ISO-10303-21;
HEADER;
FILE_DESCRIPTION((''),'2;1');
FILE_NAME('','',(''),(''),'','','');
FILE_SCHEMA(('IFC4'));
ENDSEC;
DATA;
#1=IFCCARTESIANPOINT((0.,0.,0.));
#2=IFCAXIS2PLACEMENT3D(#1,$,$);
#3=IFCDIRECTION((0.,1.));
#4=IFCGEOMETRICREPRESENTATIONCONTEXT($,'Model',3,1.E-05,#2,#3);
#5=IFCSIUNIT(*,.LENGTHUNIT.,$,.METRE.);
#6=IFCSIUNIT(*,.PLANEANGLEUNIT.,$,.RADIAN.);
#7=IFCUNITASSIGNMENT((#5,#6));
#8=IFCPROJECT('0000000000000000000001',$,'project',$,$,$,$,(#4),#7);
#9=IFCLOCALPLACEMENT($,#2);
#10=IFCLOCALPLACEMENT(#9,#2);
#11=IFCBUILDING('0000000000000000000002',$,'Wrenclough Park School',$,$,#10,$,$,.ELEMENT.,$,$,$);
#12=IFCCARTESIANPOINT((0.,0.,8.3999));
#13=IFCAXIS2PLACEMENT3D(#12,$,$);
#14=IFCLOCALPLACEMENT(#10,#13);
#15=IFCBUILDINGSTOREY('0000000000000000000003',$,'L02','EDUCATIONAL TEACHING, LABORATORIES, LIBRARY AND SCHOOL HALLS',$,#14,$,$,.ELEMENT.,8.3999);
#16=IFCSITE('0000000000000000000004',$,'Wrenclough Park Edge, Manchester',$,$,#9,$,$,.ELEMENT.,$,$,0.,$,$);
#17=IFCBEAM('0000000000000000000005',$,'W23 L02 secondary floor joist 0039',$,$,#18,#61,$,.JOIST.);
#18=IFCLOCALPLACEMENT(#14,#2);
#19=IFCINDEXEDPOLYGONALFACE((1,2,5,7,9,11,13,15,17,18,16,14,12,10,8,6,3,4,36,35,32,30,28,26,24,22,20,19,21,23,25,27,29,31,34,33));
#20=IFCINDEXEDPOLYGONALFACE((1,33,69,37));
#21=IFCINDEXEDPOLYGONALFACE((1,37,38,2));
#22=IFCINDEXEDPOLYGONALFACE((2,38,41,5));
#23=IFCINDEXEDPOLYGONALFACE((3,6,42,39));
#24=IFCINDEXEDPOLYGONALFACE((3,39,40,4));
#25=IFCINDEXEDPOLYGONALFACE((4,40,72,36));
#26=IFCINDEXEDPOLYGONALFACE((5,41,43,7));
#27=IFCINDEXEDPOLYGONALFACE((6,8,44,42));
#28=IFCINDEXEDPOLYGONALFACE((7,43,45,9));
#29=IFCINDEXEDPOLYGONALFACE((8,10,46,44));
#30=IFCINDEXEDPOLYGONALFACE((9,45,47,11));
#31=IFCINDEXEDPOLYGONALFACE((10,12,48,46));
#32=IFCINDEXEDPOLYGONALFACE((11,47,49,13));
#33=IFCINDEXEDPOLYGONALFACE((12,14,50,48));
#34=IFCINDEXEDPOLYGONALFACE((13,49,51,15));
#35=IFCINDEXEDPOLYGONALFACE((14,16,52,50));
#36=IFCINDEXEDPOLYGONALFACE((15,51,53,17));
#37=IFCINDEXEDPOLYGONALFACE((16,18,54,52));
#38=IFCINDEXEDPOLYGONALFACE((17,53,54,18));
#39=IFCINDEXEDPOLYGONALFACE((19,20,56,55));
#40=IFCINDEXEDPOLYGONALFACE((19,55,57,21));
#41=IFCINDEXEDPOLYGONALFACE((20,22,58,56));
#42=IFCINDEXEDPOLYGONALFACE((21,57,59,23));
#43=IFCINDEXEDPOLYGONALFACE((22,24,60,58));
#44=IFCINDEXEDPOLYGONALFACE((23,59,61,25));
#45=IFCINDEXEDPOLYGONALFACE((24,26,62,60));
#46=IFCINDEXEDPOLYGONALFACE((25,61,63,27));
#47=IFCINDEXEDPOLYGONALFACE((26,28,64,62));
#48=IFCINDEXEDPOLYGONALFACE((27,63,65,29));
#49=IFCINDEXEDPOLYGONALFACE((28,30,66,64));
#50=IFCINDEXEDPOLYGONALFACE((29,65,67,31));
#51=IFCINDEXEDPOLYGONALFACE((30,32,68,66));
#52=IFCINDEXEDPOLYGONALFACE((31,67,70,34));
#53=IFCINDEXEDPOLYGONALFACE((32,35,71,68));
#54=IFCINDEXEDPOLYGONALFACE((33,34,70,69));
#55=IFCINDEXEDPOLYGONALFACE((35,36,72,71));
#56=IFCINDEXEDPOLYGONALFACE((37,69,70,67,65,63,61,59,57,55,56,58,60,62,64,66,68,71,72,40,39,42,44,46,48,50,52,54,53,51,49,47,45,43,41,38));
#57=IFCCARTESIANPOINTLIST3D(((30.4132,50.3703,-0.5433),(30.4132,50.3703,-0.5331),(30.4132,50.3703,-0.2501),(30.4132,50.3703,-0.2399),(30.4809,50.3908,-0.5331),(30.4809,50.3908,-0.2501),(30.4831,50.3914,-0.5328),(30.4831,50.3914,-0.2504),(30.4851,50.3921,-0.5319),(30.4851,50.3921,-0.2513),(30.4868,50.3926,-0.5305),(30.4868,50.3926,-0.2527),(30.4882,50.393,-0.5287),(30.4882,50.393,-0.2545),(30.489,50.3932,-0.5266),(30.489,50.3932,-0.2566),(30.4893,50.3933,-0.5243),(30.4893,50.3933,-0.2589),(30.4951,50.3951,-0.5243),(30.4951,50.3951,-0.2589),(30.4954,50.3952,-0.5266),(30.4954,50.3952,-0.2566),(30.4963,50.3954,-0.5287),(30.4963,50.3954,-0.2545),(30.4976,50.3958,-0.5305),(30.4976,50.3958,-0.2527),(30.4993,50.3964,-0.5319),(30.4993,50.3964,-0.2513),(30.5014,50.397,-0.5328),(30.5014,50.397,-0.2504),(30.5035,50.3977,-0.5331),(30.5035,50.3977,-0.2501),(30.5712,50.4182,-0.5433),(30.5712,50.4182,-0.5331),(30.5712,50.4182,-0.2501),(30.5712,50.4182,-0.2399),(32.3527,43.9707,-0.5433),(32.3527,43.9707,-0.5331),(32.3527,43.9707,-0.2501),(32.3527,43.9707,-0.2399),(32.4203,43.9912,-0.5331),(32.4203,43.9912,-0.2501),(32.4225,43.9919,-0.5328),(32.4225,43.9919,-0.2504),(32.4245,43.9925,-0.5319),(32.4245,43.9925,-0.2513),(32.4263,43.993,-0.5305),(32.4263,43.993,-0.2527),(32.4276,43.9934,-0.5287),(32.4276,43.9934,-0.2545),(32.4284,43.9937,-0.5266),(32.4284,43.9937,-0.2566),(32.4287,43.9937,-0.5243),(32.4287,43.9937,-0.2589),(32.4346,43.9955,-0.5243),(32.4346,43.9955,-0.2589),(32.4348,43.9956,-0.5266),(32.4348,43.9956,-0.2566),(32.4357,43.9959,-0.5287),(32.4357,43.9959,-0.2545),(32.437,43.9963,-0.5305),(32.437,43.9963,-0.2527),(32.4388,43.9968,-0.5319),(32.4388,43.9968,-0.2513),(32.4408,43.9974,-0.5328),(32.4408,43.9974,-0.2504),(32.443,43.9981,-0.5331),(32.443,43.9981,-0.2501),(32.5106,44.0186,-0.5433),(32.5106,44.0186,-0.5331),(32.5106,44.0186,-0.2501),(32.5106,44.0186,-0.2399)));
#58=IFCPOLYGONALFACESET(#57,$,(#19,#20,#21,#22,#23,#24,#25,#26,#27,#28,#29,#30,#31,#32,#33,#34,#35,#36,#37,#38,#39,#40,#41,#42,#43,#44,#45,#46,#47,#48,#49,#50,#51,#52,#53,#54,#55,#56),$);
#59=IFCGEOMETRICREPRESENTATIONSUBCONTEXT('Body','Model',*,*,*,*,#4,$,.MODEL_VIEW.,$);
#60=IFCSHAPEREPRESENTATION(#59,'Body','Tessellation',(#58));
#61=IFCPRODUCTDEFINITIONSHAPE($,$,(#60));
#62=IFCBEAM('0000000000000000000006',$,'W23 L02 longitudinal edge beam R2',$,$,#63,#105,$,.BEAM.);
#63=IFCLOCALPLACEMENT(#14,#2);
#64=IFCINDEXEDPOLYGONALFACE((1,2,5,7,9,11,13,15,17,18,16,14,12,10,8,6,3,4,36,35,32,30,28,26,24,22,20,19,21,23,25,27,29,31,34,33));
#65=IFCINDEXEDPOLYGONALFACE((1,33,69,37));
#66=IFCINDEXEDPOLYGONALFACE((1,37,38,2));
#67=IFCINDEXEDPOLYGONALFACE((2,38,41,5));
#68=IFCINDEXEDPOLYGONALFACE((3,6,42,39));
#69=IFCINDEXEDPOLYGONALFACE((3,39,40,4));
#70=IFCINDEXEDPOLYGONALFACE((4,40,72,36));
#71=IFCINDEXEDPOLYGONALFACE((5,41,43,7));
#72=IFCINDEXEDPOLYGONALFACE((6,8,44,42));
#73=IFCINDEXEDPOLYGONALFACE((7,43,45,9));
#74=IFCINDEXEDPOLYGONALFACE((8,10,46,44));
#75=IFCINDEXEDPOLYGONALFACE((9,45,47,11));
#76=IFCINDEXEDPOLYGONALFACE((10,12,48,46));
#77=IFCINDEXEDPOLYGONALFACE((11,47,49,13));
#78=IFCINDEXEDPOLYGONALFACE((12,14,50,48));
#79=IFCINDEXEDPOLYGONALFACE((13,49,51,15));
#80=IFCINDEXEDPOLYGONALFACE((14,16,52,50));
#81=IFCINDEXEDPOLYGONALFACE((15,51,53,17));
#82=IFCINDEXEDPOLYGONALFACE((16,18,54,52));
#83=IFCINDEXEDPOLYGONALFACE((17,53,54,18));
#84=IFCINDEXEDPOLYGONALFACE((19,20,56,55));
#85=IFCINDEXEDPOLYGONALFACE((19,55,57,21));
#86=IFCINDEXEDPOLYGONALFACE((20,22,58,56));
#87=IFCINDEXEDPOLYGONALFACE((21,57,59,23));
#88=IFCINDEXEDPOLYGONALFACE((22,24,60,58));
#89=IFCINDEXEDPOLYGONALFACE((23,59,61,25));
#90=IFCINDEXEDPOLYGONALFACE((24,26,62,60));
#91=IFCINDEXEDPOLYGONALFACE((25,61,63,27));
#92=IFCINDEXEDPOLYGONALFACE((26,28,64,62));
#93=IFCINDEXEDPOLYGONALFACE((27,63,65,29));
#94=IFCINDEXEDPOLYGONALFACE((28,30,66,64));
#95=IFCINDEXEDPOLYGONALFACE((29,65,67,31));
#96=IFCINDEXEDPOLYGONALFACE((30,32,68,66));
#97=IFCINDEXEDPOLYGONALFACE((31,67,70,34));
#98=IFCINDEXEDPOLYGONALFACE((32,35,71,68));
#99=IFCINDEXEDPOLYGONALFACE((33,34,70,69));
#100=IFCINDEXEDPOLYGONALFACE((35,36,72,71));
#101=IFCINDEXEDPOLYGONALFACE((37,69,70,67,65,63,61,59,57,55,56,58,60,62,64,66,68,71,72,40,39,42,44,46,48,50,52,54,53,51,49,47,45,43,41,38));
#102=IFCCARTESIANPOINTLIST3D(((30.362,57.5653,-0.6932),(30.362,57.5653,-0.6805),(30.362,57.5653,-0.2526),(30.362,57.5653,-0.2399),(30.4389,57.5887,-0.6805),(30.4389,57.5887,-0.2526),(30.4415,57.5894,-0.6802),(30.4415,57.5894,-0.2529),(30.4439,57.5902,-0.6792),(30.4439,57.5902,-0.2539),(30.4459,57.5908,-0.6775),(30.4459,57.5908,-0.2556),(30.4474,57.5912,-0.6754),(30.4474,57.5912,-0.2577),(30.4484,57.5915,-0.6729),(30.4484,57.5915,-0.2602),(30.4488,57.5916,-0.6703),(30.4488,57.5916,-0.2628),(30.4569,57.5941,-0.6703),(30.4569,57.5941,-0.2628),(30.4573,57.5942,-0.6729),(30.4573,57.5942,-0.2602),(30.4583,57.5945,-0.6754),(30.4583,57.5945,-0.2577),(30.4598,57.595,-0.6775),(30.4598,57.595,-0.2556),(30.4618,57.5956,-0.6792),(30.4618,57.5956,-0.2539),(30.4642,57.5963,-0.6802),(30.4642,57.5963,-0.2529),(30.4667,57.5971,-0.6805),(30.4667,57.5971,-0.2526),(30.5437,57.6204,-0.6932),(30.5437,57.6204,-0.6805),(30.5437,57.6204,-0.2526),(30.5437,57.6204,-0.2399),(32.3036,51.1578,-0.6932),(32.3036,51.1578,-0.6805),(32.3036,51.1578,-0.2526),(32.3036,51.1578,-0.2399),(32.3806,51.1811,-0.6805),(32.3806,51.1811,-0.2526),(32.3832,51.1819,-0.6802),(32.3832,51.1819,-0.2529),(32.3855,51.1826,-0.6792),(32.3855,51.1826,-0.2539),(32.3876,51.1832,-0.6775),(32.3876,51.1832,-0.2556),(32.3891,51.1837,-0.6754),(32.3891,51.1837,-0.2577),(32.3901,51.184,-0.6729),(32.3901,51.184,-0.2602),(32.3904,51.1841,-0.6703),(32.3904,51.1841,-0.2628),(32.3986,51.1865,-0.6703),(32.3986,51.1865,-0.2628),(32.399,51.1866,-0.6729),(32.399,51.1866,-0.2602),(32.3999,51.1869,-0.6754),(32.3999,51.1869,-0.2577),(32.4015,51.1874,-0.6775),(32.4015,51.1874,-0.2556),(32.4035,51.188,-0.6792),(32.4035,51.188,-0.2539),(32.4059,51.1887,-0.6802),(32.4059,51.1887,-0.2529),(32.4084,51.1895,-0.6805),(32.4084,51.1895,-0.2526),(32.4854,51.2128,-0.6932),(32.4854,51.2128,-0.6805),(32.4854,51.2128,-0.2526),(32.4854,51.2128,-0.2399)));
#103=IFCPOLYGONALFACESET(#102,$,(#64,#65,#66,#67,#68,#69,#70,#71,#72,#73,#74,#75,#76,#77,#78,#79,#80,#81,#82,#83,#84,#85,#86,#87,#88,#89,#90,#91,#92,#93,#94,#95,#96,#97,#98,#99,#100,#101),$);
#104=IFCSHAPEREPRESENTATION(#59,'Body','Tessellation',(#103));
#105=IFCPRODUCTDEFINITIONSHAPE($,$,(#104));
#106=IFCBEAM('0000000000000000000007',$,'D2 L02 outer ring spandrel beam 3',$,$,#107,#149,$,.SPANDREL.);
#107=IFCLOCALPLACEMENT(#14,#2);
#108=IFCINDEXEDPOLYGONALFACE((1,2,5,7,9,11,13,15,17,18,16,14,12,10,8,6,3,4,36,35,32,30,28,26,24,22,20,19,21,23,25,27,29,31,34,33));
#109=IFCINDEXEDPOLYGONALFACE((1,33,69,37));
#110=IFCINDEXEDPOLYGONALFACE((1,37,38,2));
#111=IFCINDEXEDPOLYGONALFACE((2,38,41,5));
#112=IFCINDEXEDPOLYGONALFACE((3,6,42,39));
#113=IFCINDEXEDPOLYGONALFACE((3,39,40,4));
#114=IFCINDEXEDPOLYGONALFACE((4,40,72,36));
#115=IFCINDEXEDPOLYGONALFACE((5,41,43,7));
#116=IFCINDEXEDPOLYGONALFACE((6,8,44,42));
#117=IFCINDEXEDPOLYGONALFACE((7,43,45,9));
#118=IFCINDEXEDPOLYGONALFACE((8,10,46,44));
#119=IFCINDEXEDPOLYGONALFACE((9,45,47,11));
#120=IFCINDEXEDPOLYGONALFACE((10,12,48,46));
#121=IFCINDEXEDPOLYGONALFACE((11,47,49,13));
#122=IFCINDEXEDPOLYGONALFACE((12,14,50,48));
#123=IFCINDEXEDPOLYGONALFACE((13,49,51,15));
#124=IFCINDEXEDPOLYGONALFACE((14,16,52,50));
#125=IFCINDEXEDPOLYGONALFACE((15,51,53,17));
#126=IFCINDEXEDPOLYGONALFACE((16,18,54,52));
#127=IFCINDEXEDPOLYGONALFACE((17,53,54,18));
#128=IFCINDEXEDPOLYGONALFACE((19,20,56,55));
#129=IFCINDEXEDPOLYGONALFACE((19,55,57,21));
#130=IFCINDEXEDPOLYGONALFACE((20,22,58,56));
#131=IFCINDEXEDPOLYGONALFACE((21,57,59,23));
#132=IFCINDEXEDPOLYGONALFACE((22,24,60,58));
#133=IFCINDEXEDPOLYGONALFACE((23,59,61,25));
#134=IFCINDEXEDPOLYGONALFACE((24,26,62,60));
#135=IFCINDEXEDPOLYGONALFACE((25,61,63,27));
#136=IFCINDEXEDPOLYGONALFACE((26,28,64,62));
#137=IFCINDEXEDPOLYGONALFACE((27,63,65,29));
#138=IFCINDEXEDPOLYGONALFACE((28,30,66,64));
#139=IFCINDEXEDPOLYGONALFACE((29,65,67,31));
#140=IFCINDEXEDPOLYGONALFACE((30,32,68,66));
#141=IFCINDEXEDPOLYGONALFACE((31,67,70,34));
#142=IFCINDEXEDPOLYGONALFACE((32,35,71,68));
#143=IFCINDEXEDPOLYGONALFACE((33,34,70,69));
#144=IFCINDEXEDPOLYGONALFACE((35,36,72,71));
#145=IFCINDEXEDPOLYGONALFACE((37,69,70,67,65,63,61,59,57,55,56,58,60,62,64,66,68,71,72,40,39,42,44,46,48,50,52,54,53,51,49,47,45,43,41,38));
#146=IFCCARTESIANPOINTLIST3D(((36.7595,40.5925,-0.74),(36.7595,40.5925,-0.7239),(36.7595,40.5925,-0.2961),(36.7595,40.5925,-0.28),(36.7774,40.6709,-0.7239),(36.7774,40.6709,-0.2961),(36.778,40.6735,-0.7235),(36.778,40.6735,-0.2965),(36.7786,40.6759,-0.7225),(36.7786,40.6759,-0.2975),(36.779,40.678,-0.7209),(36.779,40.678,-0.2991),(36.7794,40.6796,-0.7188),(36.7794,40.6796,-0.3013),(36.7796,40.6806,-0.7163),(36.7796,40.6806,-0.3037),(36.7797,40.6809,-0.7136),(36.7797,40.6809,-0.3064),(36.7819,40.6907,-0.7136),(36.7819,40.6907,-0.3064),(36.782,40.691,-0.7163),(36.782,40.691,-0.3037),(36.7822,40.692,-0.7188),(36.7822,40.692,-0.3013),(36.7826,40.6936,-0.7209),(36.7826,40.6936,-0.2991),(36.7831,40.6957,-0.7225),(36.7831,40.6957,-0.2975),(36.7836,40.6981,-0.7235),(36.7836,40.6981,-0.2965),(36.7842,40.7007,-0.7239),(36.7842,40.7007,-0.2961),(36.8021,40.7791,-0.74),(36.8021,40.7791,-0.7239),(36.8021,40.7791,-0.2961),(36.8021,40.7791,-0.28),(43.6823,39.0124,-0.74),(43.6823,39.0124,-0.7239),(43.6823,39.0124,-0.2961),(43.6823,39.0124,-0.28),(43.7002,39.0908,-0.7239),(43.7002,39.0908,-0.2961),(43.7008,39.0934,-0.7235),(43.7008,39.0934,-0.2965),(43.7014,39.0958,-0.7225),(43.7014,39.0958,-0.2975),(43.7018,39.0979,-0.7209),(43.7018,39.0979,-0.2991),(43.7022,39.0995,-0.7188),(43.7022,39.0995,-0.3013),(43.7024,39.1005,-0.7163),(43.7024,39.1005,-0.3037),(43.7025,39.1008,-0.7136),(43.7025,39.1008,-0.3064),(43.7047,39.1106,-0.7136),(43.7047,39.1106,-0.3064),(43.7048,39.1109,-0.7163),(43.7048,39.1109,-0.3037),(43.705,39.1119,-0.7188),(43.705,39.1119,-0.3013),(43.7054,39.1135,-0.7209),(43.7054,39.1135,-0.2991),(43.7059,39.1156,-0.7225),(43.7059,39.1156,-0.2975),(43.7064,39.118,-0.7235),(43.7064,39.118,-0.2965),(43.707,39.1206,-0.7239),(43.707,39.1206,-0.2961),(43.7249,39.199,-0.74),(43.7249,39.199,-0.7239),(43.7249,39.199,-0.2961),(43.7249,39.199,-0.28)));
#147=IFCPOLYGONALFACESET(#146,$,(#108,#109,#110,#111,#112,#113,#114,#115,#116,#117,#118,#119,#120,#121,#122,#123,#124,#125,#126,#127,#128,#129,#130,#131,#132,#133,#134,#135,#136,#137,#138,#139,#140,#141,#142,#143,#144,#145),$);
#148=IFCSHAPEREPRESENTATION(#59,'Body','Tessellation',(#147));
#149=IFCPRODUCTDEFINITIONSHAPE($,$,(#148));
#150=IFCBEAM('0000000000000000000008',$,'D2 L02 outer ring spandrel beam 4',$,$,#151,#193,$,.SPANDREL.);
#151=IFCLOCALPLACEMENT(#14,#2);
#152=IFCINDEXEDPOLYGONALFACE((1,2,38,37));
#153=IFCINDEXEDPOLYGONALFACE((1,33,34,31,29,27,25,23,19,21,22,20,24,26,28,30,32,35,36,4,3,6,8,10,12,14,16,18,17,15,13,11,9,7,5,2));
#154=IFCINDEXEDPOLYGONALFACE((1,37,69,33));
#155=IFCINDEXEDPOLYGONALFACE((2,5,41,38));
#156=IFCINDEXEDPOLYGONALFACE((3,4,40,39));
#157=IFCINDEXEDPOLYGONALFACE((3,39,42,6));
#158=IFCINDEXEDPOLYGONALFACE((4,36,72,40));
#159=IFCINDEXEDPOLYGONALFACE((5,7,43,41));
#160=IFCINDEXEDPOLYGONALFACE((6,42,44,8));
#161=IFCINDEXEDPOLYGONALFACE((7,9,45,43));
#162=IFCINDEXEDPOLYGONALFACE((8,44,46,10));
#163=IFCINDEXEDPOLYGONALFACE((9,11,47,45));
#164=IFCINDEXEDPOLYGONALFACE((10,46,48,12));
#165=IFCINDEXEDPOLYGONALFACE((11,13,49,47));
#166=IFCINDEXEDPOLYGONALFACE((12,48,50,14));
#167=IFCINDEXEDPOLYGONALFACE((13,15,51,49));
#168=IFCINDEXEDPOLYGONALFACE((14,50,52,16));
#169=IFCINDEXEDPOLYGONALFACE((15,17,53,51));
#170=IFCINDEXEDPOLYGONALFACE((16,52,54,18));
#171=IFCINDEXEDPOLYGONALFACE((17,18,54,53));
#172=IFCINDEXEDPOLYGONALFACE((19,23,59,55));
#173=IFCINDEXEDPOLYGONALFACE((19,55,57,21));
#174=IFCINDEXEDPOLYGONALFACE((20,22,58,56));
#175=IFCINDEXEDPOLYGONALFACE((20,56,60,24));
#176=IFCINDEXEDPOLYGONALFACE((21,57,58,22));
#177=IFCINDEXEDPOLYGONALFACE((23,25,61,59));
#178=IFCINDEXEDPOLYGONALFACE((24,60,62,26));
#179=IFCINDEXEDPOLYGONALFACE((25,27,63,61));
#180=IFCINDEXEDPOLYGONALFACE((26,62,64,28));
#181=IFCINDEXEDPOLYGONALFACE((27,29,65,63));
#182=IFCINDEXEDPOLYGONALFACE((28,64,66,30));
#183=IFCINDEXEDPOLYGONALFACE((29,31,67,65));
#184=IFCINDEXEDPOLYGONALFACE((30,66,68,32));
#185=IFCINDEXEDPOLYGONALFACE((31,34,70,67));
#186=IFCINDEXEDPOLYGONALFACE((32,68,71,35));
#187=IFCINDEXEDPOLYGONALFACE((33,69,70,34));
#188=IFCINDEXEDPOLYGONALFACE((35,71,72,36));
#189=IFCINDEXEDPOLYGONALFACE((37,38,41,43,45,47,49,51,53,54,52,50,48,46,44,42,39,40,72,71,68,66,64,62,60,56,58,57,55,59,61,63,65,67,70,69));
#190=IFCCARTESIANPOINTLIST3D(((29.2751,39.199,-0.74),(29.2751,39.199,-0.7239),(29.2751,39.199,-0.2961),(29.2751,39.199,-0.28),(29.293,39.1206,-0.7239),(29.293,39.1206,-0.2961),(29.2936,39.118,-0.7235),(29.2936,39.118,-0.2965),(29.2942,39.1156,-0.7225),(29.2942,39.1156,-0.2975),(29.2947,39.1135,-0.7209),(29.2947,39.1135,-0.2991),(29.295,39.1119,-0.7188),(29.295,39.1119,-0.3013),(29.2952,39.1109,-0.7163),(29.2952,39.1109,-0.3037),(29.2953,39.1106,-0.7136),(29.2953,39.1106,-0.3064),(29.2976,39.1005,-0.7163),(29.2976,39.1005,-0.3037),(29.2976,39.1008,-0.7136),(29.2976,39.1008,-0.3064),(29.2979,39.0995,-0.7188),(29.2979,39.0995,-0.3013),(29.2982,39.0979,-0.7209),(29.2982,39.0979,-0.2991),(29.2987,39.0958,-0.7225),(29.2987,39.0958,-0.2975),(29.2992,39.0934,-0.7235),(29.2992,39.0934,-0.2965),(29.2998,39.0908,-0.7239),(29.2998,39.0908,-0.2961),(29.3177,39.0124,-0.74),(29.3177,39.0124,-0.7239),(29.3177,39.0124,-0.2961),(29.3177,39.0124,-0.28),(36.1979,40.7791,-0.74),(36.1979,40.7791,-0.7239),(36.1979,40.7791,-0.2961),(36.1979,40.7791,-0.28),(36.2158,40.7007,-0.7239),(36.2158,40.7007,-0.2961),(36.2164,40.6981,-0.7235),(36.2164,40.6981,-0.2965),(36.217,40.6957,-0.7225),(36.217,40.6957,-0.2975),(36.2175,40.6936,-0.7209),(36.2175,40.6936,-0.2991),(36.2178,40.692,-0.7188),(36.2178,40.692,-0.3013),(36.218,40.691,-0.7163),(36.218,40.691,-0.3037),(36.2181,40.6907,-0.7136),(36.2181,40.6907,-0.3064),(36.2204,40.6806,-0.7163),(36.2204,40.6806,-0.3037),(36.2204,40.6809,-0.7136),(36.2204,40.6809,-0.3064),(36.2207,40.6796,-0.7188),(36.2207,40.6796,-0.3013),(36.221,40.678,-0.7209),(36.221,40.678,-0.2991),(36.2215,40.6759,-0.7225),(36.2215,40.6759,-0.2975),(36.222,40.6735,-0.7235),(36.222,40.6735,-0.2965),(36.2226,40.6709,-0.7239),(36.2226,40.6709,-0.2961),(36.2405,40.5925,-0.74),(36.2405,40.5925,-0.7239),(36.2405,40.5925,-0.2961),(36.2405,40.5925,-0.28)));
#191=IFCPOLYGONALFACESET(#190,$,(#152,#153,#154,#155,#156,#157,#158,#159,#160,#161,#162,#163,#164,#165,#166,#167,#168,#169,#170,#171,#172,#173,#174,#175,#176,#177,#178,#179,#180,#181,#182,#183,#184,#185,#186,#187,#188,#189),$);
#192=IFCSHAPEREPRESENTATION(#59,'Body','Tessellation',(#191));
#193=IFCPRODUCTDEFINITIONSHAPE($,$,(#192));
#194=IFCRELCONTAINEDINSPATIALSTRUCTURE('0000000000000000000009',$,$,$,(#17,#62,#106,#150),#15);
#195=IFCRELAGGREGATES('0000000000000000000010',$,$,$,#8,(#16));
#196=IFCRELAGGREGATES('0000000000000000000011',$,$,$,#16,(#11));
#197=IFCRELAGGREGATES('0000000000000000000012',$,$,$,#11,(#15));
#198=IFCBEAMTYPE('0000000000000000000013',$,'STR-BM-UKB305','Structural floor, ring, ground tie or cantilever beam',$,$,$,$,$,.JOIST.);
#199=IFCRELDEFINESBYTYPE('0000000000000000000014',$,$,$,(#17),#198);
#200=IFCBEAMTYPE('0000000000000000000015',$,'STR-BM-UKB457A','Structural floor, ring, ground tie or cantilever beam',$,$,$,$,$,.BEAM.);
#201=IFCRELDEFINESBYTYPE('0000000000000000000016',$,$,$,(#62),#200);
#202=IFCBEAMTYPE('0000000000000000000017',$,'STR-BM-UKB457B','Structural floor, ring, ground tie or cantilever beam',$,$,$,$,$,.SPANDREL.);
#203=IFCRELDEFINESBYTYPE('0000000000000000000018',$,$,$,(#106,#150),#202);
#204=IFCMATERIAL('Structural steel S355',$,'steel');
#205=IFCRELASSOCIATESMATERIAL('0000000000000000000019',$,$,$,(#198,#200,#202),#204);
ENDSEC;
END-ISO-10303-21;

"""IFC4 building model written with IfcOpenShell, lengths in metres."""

from ifc_helpers import new_model, si_unit, direction, frame, origin, origin_2d, place, context, subcontext, project, spatial, i_section, extrude, material, material_profile, profile_set, type_object, element, save


model = new_model("IFC4")

# Units and contexts
model_context = context("Model", 3, precision=1e-05, world=origin(), true_north=direction((0.0, 1.0)))
body_context = subcontext(model_context, "Body", "Model", "MODEL_VIEW")
ifc_project = project(units=[si_unit("LENGTHUNIT", "METRE"), si_unit("PLANEANGLEUNIT", "RADIAN")], contexts=[model_context])

# Site, building, storey
site_placement = place(None, origin())
site = spatial("IfcSite", under=ifc_project, at=site_placement, Name="Wrenclough Park Edge, Manchester", CompositionType="ELEMENT", RefElevation=0.0)
building_placement = place(site_placement, origin())
building = spatial("IfcBuilding", under=site, at=building_placement, Name="Wrenclough Park School", CompositionType="ELEMENT")
storey_placement = place(building_placement, frame((0.0, 0.0, 8.3999)))
storey = spatial("IfcBuildingStorey", under=building, at=storey_placement, Name="L02", Description="EDUCATIONAL TEACHING, LABORATORIES, LIBRARY AND SCHOOL HALLS", CompositionType="ELEMENT", Elevation=8.3999)

# Shared definitions
ifc_material_1 = material(Name="Structural steel S355", Category="steel")

# Beams
ifc_material_profile_1 = material_profile(ifc_material_1, i_section(OverallWidth=0.165, OverallDepth=0.3035, WebThickness=0.0061, FlangeThickness=0.0103, FilletRadius=0.0088, at=origin_2d()), Name="UKB 305x165x40")
ifc_profile_set_1 = profile_set([ifc_material_profile_1], Name="Structural steel S355")
beam_type_1 = type_object("IfcBeamType", Name="STR-BM-UKB305", Description="Structural floor, ring, ground tie or cantilever beam", PredefinedType="JOIST", material=ifc_profile_set_1)
beam_1_placement = place(storey_placement, frame((32.4316, 43.9946, -0.3916), z_axis=(-0.29003, 0.957018, 0.0), x_axis=(-0.957018, -0.29003, 0.0)))
element("IfcBeam", 1, at=beam_1_placement, inside=storey, type_object=beam_type_1, Name="W23 L02 secondary floor joist 0039", PredefinedType="JOIST", context=body_context, shape_type="SweptSolid", body=[
    extrude(i_section(OverallWidth=0.165, OverallDepth=0.3035, WebThickness=0.0061, FlangeThickness=0.0103, FilletRadius=0.0088, at=origin_2d()), origin(), (0.0, 0.0, 1.0), 6.687),
])
ifc_material_profile_2 = material_profile(ifc_material_1, i_section(OverallWidth=0.1899, OverallDepth=0.4534, WebThickness=0.0085, FlangeThickness=0.0127, FilletRadius=0.0103, at=origin_2d()), Name="UKB 457x191x67")
ifc_profile_set_2 = profile_set([ifc_material_profile_2], Name="Structural steel S355")
beam_type_2 = type_object("IfcBeamType", Name="STR-BM-UKB457A", Description="Structural floor, ring, ground tie or cantilever beam", PredefinedType="BEAM", material=ifc_profile_set_2)
beam_2_placement = place(storey_placement, frame((32.3945, 51.1853, -0.4666), z_axis=(-0.290006, 0.957025, 0.0), x_axis=(-0.957025, -0.290006, 0.0)))
element("IfcBeam", 2, at=beam_2_placement, inside=storey, type_object=beam_type_2, Name="W23 L02 longitudinal edge beam R2", PredefinedType="BEAM", context=body_context, shape_type="SweptSolid", body=[
    extrude(i_section(OverallWidth=0.1899, OverallDepth=0.4534, WebThickness=0.0085, FlangeThickness=0.0127, FilletRadius=0.0103, at=origin_2d()), origin(), (0.0, 0.0, 1.0), 6.6953),
])
ifc_material_profile_3 = material_profile(ifc_material_1, i_section(OverallWidth=0.1914, OverallDepth=0.46, WebThickness=0.01, FlangeThickness=0.0161, FilletRadius=0.0103, at=origin_2d()), Name="UKB 457x191x82")
ifc_profile_set_3 = profile_set([ifc_material_profile_3], Name="Structural steel S355")
beam_type_3 = type_object("IfcBeamType", Name="STR-BM-UKB457B", Description="Structural floor, ring, ground tie or cantilever beam", PredefinedType="SPANDREL", material=ifc_profile_set_3)
for number, where, z_axis, x_axis, name in (
    (3, (43.7036, 39.1057, -0.51), (-0.974928, 0.222519, 0.0), (-0.222519, -0.974928, 0.0), "D2 L02 outer ring spandrel beam 3"),
    (4, (36.2192, 40.6858, -0.51), (-0.974928, -0.222519, 0.0), (0.222519, -0.974928, 0.0), "D2 L02 outer ring spandrel beam 4"),
):
    element("IfcBeam", number, at=place(storey_placement, frame(where, z_axis=z_axis, x_axis=x_axis)), inside=storey, type_object=beam_type_3, Name=name, PredefinedType="SPANDREL", context=body_context, shape_type="SweptSolid", body=[
        extrude(i_section(OverallWidth=0.1914, OverallDepth=0.46, WebThickness=0.01, FlangeThickness=0.0161, FilletRadius=0.0103, at=origin_2d()), origin(), (0.0, 0.0, 1.0), 7.1008),
    ])

save(model, "model.ifc")
